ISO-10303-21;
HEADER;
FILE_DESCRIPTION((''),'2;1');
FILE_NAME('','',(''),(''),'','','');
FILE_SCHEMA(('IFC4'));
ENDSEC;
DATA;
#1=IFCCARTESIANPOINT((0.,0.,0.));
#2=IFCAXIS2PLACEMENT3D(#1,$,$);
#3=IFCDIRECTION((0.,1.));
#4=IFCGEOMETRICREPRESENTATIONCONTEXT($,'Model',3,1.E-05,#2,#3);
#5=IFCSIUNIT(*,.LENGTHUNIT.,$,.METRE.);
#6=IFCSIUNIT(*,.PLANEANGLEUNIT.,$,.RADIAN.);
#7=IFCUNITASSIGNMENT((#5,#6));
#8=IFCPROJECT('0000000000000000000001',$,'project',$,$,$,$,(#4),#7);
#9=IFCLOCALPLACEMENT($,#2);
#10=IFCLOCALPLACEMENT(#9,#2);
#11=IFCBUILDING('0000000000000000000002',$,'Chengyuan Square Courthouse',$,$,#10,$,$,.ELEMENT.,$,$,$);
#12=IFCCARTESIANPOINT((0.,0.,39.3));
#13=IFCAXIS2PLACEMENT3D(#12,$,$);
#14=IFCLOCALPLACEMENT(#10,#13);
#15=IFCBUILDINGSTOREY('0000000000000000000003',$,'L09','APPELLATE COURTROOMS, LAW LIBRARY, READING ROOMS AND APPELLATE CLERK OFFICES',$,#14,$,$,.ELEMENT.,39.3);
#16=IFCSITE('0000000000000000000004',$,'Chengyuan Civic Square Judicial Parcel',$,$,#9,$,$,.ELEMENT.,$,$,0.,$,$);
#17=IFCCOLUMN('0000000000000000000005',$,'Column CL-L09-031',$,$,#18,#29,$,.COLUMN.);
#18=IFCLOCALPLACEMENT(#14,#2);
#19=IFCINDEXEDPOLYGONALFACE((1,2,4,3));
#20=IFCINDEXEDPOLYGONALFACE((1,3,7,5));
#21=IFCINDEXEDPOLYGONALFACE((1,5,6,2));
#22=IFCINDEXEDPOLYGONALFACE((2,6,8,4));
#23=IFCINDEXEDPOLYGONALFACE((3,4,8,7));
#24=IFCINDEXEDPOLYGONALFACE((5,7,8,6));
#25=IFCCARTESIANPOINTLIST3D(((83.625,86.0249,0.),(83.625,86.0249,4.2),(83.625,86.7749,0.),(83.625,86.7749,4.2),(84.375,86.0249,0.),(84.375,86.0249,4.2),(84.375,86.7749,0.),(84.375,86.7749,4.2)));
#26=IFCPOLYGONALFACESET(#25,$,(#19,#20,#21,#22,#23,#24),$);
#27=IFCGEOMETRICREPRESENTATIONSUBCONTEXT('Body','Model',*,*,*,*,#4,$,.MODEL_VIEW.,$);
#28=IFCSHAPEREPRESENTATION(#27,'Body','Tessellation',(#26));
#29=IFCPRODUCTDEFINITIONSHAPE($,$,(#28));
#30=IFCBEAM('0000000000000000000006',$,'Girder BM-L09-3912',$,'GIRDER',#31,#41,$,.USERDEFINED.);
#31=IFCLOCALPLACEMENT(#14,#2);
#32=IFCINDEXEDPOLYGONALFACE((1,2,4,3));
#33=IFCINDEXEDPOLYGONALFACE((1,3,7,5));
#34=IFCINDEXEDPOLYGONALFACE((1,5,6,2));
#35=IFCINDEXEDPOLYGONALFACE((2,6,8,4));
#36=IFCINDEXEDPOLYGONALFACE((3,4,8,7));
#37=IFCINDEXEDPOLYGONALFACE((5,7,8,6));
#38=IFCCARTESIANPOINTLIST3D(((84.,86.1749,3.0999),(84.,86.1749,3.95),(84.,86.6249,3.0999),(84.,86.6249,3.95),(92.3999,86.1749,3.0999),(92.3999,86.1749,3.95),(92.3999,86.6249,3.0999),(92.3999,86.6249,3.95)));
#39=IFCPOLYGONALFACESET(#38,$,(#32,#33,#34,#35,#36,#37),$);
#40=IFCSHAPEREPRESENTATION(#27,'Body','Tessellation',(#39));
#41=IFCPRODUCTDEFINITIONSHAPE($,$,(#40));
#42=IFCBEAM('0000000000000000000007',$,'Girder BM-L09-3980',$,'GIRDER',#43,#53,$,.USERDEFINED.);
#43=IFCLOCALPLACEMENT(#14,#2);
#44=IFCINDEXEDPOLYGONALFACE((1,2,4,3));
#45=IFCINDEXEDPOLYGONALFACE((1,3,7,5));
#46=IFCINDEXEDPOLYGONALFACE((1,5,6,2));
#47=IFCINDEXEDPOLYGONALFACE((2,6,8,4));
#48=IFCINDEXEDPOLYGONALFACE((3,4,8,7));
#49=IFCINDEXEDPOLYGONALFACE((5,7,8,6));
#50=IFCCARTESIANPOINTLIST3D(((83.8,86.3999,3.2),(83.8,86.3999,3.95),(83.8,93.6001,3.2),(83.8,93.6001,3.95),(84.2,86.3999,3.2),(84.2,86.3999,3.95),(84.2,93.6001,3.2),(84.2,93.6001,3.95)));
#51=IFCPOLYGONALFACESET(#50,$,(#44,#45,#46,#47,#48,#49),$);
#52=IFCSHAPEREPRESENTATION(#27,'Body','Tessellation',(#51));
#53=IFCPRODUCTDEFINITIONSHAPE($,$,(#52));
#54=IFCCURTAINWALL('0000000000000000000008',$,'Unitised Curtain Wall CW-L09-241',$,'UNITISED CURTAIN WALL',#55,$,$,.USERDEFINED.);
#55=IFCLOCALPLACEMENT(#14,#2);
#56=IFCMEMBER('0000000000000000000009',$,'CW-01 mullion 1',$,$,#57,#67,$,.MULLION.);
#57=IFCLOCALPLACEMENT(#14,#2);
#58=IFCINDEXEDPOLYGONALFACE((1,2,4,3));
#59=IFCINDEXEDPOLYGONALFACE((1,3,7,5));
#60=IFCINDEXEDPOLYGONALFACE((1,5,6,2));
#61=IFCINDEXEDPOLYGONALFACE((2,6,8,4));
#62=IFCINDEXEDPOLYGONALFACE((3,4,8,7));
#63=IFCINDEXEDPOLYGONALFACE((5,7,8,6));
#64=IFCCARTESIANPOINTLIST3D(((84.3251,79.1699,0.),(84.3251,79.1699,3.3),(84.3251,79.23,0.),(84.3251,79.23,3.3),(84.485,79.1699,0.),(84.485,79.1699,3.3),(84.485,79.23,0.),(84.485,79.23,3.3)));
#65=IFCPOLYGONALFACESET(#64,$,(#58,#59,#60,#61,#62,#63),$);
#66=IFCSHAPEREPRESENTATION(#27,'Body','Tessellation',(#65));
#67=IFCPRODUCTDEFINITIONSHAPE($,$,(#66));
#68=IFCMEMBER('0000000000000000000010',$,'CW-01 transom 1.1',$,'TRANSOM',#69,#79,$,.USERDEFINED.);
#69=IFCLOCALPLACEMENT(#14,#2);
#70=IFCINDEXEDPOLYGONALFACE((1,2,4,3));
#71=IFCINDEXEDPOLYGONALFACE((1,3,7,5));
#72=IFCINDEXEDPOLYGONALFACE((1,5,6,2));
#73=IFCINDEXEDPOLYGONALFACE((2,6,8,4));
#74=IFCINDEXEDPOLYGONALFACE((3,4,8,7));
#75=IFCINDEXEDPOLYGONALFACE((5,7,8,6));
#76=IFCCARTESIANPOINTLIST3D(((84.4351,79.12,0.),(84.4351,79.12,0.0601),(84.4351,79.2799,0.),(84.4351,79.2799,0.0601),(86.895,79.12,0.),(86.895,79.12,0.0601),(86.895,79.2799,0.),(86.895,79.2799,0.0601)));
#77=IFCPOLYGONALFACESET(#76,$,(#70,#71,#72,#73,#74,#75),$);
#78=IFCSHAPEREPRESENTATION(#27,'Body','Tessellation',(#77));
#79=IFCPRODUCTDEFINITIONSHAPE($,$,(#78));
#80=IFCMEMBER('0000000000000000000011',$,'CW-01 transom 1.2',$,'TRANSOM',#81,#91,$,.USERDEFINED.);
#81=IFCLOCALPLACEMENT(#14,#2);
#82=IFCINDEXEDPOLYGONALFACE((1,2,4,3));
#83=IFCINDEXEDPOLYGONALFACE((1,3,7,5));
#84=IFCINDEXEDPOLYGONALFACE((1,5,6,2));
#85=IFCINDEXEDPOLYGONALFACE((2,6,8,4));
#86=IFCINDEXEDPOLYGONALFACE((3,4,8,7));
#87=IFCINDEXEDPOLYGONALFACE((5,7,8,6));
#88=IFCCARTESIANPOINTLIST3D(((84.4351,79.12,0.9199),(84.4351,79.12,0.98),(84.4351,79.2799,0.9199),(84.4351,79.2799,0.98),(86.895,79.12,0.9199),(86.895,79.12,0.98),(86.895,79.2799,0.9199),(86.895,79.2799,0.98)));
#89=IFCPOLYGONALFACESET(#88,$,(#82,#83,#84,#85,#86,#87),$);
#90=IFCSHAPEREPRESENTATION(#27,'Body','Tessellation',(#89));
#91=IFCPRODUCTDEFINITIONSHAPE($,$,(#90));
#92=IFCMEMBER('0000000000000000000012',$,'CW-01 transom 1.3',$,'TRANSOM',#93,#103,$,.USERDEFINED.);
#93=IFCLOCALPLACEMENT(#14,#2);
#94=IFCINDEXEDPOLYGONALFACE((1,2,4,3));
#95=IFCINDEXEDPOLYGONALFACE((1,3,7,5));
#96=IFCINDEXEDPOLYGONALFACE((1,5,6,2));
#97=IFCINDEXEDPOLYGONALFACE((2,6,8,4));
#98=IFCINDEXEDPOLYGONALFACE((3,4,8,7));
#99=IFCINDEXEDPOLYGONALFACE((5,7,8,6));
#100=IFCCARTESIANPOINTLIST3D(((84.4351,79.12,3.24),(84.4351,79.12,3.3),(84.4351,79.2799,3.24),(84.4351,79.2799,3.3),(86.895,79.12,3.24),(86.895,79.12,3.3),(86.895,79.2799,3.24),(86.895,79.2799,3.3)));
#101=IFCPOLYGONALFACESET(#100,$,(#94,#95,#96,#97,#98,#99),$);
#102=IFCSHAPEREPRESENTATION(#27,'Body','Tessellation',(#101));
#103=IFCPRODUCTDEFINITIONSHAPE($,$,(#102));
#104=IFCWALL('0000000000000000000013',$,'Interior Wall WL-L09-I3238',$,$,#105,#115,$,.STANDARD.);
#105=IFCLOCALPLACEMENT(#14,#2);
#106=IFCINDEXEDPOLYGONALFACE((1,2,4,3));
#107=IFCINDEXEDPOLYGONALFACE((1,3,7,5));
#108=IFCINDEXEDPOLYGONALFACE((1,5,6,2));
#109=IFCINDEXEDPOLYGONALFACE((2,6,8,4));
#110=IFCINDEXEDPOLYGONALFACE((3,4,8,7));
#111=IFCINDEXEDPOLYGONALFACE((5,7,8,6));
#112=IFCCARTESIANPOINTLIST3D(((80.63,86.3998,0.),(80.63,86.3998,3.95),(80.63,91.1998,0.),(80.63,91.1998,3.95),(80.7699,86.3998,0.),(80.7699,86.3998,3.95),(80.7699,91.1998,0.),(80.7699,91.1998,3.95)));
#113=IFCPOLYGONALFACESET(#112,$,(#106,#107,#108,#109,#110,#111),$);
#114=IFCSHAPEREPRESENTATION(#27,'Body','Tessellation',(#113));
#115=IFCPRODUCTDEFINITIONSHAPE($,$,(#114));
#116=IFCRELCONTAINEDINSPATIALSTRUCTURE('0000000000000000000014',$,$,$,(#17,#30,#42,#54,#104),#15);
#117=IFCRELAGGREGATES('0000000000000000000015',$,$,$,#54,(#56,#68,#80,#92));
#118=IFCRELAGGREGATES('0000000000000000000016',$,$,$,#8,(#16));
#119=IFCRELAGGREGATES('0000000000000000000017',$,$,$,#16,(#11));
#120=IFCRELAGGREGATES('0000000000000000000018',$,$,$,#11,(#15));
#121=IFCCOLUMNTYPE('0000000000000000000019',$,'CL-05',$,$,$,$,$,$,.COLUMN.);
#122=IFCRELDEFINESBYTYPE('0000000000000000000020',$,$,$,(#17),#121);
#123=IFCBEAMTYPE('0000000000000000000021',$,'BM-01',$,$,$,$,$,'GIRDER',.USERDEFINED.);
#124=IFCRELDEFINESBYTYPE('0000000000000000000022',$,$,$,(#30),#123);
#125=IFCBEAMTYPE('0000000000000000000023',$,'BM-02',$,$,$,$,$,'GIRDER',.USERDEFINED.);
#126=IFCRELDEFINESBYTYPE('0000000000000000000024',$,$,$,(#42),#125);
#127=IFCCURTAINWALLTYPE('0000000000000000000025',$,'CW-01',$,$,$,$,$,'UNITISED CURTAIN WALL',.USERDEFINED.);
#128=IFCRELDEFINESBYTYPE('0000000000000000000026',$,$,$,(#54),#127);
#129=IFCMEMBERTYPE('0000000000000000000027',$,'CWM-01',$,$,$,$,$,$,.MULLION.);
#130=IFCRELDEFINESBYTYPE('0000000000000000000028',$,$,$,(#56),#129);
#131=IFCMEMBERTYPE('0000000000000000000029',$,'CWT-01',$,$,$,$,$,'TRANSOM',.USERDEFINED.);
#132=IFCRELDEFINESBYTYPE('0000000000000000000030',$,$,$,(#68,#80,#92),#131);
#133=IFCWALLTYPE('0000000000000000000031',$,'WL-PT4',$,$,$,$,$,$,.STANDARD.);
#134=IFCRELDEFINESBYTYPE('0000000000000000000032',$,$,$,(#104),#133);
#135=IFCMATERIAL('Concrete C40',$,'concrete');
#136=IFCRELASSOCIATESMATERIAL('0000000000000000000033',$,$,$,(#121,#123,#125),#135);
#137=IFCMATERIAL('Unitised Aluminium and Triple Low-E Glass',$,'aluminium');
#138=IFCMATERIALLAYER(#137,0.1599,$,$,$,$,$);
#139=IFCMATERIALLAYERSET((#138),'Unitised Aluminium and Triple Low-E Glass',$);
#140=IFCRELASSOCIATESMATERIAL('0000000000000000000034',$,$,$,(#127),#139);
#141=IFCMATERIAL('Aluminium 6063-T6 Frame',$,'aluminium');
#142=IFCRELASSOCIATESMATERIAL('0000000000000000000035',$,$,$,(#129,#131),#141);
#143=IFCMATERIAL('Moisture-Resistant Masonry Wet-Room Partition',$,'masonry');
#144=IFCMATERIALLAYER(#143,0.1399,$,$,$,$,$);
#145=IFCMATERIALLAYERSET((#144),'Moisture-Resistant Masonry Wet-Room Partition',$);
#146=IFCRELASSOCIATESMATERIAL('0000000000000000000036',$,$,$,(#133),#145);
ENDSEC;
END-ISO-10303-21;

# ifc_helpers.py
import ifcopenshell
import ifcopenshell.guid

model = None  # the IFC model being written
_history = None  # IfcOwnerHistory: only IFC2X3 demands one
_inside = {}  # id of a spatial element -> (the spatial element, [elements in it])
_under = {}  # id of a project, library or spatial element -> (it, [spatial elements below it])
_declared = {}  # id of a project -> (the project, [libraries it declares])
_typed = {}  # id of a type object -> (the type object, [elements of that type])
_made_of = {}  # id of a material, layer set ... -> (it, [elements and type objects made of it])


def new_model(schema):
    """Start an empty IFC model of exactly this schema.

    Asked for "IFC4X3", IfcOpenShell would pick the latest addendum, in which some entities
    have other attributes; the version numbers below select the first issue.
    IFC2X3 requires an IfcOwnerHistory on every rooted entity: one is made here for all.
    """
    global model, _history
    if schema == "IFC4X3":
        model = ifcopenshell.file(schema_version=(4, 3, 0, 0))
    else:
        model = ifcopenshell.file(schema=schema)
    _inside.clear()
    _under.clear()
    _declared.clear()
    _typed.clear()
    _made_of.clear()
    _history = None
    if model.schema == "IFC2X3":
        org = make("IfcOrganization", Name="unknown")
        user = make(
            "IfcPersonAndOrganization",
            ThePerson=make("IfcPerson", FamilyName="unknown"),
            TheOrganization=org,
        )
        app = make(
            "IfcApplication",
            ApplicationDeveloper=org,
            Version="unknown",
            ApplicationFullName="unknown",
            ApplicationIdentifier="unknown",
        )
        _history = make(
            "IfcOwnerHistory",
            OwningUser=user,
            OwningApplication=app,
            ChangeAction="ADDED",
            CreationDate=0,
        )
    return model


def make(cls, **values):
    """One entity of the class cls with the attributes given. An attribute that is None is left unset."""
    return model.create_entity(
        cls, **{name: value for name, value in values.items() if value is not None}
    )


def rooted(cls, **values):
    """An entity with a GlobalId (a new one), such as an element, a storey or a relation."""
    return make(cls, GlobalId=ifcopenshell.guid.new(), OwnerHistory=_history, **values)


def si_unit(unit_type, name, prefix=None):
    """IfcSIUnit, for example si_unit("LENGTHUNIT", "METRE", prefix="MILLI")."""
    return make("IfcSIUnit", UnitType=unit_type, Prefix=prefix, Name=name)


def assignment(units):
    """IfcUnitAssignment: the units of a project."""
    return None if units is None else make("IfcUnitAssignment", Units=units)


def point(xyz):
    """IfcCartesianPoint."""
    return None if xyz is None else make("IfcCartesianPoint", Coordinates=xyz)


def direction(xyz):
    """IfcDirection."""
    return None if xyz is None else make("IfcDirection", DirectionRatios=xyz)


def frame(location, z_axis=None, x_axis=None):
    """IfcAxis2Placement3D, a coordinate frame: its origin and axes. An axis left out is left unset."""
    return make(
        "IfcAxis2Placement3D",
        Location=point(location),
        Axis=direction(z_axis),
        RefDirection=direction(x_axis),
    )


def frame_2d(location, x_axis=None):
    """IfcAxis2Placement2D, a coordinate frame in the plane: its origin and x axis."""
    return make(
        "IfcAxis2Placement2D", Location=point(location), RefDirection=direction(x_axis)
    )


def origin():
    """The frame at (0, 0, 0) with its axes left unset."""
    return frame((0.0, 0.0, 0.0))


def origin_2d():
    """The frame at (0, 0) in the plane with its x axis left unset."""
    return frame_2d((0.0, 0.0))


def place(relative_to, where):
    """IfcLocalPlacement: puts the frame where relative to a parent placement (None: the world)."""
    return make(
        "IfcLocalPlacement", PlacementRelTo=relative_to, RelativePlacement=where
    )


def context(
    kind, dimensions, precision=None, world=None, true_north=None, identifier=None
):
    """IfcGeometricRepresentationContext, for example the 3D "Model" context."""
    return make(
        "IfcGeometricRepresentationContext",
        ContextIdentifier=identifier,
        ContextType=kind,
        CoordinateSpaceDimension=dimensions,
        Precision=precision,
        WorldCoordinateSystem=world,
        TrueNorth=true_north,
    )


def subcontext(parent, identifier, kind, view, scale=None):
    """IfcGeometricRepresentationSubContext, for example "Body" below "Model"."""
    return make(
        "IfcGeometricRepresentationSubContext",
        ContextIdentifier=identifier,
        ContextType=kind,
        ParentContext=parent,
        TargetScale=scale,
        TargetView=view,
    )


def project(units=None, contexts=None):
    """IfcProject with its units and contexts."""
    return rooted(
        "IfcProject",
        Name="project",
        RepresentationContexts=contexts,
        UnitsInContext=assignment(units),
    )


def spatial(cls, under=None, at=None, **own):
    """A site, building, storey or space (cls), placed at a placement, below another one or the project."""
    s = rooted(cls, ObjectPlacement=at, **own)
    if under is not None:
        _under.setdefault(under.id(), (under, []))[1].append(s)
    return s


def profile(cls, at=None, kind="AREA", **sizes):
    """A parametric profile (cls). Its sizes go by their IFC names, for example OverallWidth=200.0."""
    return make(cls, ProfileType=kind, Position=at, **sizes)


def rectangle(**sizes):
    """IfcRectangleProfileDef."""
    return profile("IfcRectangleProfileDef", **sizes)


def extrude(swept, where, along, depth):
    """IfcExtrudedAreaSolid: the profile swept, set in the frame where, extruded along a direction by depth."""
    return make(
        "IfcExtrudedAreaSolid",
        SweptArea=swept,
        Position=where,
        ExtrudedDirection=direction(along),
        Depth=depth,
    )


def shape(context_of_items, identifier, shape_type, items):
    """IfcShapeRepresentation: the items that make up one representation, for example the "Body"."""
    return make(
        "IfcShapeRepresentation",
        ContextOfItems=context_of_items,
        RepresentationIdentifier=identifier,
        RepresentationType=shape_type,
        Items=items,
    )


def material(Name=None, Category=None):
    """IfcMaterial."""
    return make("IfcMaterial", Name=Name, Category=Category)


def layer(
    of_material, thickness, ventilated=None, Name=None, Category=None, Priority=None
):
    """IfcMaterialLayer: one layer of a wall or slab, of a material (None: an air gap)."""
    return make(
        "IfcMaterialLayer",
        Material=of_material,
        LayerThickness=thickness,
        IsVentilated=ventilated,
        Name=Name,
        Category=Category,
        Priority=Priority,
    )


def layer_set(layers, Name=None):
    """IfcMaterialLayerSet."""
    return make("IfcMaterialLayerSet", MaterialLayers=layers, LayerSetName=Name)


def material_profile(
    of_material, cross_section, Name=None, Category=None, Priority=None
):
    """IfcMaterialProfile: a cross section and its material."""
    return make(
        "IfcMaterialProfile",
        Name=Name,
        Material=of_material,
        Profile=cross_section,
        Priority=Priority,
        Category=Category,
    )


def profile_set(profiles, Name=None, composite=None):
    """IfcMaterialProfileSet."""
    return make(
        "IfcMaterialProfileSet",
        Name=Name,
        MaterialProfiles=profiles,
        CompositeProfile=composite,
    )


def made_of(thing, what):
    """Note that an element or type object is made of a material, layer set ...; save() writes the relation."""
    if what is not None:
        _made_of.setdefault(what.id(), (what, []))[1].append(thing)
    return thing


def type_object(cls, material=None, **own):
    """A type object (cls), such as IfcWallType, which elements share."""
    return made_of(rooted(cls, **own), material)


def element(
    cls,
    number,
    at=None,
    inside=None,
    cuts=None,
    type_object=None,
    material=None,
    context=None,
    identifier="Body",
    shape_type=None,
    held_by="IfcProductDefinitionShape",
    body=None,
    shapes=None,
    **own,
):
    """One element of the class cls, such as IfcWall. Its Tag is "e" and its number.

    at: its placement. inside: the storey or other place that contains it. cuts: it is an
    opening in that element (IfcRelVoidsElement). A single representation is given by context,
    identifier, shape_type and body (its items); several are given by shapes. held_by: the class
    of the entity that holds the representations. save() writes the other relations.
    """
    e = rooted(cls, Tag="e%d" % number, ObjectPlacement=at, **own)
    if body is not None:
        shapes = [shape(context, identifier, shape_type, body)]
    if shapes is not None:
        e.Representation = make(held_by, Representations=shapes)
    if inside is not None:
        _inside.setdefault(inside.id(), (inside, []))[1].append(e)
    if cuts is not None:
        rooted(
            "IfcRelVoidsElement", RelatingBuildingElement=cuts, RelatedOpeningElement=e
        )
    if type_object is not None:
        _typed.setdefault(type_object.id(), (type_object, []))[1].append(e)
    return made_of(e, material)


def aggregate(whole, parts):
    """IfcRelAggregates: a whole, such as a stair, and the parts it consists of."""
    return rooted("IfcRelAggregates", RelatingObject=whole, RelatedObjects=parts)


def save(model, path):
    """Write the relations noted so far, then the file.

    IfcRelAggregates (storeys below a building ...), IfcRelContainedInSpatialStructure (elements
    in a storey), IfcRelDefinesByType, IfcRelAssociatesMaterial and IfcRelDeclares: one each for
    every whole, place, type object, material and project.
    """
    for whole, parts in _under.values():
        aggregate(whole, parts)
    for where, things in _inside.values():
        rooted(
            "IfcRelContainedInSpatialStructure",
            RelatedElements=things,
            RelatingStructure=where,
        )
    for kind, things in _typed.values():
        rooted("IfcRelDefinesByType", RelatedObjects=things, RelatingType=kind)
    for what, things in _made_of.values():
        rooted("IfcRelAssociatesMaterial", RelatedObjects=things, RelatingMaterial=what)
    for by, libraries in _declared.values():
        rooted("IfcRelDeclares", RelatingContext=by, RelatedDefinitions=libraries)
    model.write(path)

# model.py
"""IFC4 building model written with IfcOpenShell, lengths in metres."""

from ifc_helpers import new_model, si_unit, direction, frame, frame_2d, origin, origin_2d, place, context, subcontext, project, spatial, rectangle, extrude, material, layer, layer_set, material_profile, profile_set, type_object, element, aggregate, save


model = new_model("IFC4")

# Units and contexts
model_context = context("Model", 3, precision=1e-05, world=origin(), true_north=direction((0.0, 1.0)))
body_context = subcontext(model_context, "Body", "Model", "MODEL_VIEW")
ifc_project = project(units=[si_unit("LENGTHUNIT", "METRE"), si_unit("PLANEANGLEUNIT", "RADIAN")], contexts=[model_context])

# Site, building, storey
site_placement = place(None, origin())
site = spatial("IfcSite", under=ifc_project, at=site_placement, Name="Chengyuan Civic Square Judicial Parcel", CompositionType="ELEMENT", RefElevation=0.0)
building_placement = place(site_placement, origin())
building = spatial("IfcBuilding", under=site, at=building_placement, Name="Chengyuan Square Courthouse", CompositionType="ELEMENT")
storey_placement = place(building_placement, frame((0.0, 0.0, 39.3)))
storey = spatial("IfcBuildingStorey", under=building, at=storey_placement, Name="L09", Description="APPELLATE COURTROOMS, LAW LIBRARY, READING ROOMS AND APPELLATE CLERK OFFICES", CompositionType="ELEMENT", Elevation=39.3)

# Column
ifc_material_1 = material(Name="Concrete C40", Category="concrete")
ifc_material_profile_1 = material_profile(ifc_material_1, rectangle(XDim=0.75, YDim=0.75, at=origin_2d()), Name="RC-COL-750x750")
ifc_profile_set_1 = profile_set([ifc_material_profile_1], Name="Concrete C40")
column_type = type_object("IfcColumnType", Name="CL-05", PredefinedType="COLUMN", material=ifc_profile_set_1)
column_placement = place(storey_placement, frame((84.0, 86.3999, 0.0), z_axis=(0.0, 0.0, 1.0), x_axis=(1.0, 0.0, 0.0)))
element("IfcColumn", 1, at=column_placement, inside=storey, type_object=column_type, Name="Column CL-L09-031", PredefinedType="COLUMN", context=body_context, shape_type="SweptSolid", body=[
    extrude(rectangle(XDim=0.75, YDim=0.75, at=origin_2d()), origin(), (0.0, 0.0, 1.0), 4.2),
])

# Beams
ifc_material_profile_2 = material_profile(ifc_material_1, rectangle(XDim=0.45, YDim=0.8501, at=origin_2d()), Name="RC-BM-450x850")
ifc_profile_set_2 = profile_set([ifc_material_profile_2], Name="Concrete C40")
beam_type_1 = type_object("IfcBeamType", Name="BM-01", ElementType="GIRDER", PredefinedType="USERDEFINED", material=ifc_profile_set_2)
beam_1_placement = place(storey_placement, frame((84.0, 86.3999, 3.5249), z_axis=(1.0, 0.0, 0.0), x_axis=(0.0, 1.0, 0.0)))
element("IfcBeam", 2, at=beam_1_placement, inside=storey, type_object=beam_type_1, Name="Girder BM-L09-3912", ObjectType="GIRDER", PredefinedType="USERDEFINED", context=body_context, shape_type="SweptSolid", body=[
    extrude(rectangle(XDim=0.45, YDim=0.8501, at=origin_2d()), origin(), (0.0, 0.0, 1.0), 8.3999),
])
ifc_material_profile_3 = material_profile(ifc_material_1, rectangle(XDim=0.3999, YDim=0.75, at=origin_2d()), Name="RC-BM-400x750")
ifc_profile_set_3 = profile_set([ifc_material_profile_3], Name="Concrete C40")
beam_type_2 = type_object("IfcBeamType", Name="BM-02", ElementType="GIRDER", PredefinedType="USERDEFINED", material=ifc_profile_set_3)
beam_2_placement = place(storey_placement, frame((84.0, 86.3999, 3.575), z_axis=(0.0, 1.0, 0.0), x_axis=(-1.0, 0.0, 0.0)))
element("IfcBeam", 3, at=beam_2_placement, inside=storey, type_object=beam_type_2, Name="Girder BM-L09-3980", ObjectType="GIRDER", PredefinedType="USERDEFINED", context=body_context, shape_type="SweptSolid", body=[
    extrude(rectangle(XDim=0.3999, YDim=0.75, at=origin_2d()), origin(), (0.0, 0.0, 1.0), 7.2002),
])

# Curtain wall, members
ifc_material_2 = material(Name="Unitised Aluminium and Triple Low-E Glass", Category="aluminium")
ifc_layer_1 = layer(ifc_material_2, 0.1599)
ifc_layer_set_1 = layer_set([ifc_layer_1], Name="Unitised Aluminium and Triple Low-E Glass")
curtain_wall_type = type_object("IfcCurtainWallType", Name="CW-01", ElementType="UNITISED CURTAIN WALL", PredefinedType="USERDEFINED", material=ifc_layer_set_1)
curtain_wall_placement = place(storey_placement, origin())
curtain_wall = element("IfcCurtainWall", 4, at=curtain_wall_placement, inside=storey, type_object=curtain_wall_type, Name="Unitised Curtain Wall CW-L09-241", ObjectType="UNITISED CURTAIN WALL", PredefinedType="USERDEFINED")
ifc_material_3 = material(Name="Aluminium 6063-T6 Frame", Category="aluminium")
ifc_material_profile_4 = material_profile(ifc_material_3, rectangle(XDim=0.0601, YDim=0.1599, at=origin_2d()), Name="CW-MUL-60x160")
ifc_profile_set_4 = profile_set([ifc_material_profile_4], Name="Aluminium 6063-T6 Frame")
member_type_1 = type_object("IfcMemberType", Name="CWM-01", PredefinedType="MULLION", material=ifc_profile_set_4)
member_1_placement = place(storey_placement, frame((84.405, 79.2, 0.0), z_axis=(0.0, 0.0, 1.0), x_axis=(0.0, 1.0, 0.0)))
member_1 = element("IfcMember", 5, at=member_1_placement, type_object=member_type_1, Name="CW-01 mullion 1", PredefinedType="MULLION", context=body_context, shape_type="SweptSolid", body=[
    extrude(rectangle(XDim=0.0601, YDim=0.1599, at=origin_2d()), origin(), (0.0, 0.0, 1.0), 3.3),
])
ifc_material_profile_5 = material_profile(ifc_material_3, rectangle(XDim=0.1599, YDim=0.0601, at=origin_2d()), Name="CW-TRN-60x120")
ifc_profile_set_5 = profile_set([ifc_material_profile_5], Name="Aluminium 6063-T6 Frame")
member_type_2 = type_object("IfcMemberType", Name="CWT-01", ElementType="TRANSOM", PredefinedType="USERDEFINED", material=ifc_profile_set_5)
member_2_placement = place(storey_placement, frame((84.4351, 79.2, 0.03), z_axis=(1.0, 0.0, 0.0), x_axis=(0.0, 1.0, 0.0)))
member_2 = element("IfcMember", 6, at=member_2_placement, type_object=member_type_2, Name="CW-01 transom 1.1", ObjectType="TRANSOM", PredefinedType="USERDEFINED", context=body_context, shape_type="SweptSolid", body=[
    extrude(rectangle(XDim=0.1599, YDim=0.0601, at=origin_2d()), origin(), (0.0, 0.0, 1.0), 2.46),
])
member_3_placement = place(storey_placement, frame((84.4351, 79.2, 0.95), z_axis=(1.0, 0.0, 0.0), x_axis=(0.0, 1.0, 0.0)))
member_3 = element("IfcMember", 7, at=member_3_placement, type_object=member_type_2, Name="CW-01 transom 1.2", ObjectType="TRANSOM", PredefinedType="USERDEFINED", context=body_context, shape_type="SweptSolid", body=[
    extrude(rectangle(XDim=0.1599, YDim=0.0601, at=origin_2d()), origin(), (0.0, 0.0, 1.0), 2.46),
])
member_4_placement = place(storey_placement, frame((84.4351, 79.2, 3.27), z_axis=(1.0, 0.0, 0.0), x_axis=(0.0, 1.0, 0.0)))
member_4 = element("IfcMember", 8, at=member_4_placement, type_object=member_type_2, Name="CW-01 transom 1.3", ObjectType="TRANSOM", PredefinedType="USERDEFINED", context=body_context, shape_type="SweptSolid", body=[
    extrude(rectangle(XDim=0.1599, YDim=0.0601, at=origin_2d()), origin(), (0.0, 0.0, 1.0), 2.46),
])
aggregate(curtain_wall, [member_1, member_2, member_3, member_4])

# Wall
ifc_material_4 = material(Name="Moisture-Resistant Masonry Wet-Room Partition", Category="masonry")
ifc_layer_2 = layer(ifc_material_4, 0.1399)
ifc_layer_set_2 = layer_set([ifc_layer_2], Name="Moisture-Resistant Masonry Wet-Room Partition")
wall_type_1 = type_object("IfcWallType", Name="WL-PT4", PredefinedType="STANDARD", material=ifc_layer_set_2)
wall_1_placement = place(storey_placement, frame((80.7, 86.3999, 0.0), z_axis=(0.0, 0.0, 1.0), x_axis=(0.0, 1.0, 0.0)))
element("IfcWall", 9, at=wall_1_placement, inside=storey, type_object=wall_type_1, Name="Interior Wall WL-L09-I3238", PredefinedType="STANDARD", context=body_context, shape_type="SweptSolid", body=[
    extrude(rectangle(XDim=4.8, YDim=0.1399, at=frame_2d((2.3999, 0.0))), origin(), (0.0, 0.0, 1.0), 3.95),
])

save(model, "model.ifc")
